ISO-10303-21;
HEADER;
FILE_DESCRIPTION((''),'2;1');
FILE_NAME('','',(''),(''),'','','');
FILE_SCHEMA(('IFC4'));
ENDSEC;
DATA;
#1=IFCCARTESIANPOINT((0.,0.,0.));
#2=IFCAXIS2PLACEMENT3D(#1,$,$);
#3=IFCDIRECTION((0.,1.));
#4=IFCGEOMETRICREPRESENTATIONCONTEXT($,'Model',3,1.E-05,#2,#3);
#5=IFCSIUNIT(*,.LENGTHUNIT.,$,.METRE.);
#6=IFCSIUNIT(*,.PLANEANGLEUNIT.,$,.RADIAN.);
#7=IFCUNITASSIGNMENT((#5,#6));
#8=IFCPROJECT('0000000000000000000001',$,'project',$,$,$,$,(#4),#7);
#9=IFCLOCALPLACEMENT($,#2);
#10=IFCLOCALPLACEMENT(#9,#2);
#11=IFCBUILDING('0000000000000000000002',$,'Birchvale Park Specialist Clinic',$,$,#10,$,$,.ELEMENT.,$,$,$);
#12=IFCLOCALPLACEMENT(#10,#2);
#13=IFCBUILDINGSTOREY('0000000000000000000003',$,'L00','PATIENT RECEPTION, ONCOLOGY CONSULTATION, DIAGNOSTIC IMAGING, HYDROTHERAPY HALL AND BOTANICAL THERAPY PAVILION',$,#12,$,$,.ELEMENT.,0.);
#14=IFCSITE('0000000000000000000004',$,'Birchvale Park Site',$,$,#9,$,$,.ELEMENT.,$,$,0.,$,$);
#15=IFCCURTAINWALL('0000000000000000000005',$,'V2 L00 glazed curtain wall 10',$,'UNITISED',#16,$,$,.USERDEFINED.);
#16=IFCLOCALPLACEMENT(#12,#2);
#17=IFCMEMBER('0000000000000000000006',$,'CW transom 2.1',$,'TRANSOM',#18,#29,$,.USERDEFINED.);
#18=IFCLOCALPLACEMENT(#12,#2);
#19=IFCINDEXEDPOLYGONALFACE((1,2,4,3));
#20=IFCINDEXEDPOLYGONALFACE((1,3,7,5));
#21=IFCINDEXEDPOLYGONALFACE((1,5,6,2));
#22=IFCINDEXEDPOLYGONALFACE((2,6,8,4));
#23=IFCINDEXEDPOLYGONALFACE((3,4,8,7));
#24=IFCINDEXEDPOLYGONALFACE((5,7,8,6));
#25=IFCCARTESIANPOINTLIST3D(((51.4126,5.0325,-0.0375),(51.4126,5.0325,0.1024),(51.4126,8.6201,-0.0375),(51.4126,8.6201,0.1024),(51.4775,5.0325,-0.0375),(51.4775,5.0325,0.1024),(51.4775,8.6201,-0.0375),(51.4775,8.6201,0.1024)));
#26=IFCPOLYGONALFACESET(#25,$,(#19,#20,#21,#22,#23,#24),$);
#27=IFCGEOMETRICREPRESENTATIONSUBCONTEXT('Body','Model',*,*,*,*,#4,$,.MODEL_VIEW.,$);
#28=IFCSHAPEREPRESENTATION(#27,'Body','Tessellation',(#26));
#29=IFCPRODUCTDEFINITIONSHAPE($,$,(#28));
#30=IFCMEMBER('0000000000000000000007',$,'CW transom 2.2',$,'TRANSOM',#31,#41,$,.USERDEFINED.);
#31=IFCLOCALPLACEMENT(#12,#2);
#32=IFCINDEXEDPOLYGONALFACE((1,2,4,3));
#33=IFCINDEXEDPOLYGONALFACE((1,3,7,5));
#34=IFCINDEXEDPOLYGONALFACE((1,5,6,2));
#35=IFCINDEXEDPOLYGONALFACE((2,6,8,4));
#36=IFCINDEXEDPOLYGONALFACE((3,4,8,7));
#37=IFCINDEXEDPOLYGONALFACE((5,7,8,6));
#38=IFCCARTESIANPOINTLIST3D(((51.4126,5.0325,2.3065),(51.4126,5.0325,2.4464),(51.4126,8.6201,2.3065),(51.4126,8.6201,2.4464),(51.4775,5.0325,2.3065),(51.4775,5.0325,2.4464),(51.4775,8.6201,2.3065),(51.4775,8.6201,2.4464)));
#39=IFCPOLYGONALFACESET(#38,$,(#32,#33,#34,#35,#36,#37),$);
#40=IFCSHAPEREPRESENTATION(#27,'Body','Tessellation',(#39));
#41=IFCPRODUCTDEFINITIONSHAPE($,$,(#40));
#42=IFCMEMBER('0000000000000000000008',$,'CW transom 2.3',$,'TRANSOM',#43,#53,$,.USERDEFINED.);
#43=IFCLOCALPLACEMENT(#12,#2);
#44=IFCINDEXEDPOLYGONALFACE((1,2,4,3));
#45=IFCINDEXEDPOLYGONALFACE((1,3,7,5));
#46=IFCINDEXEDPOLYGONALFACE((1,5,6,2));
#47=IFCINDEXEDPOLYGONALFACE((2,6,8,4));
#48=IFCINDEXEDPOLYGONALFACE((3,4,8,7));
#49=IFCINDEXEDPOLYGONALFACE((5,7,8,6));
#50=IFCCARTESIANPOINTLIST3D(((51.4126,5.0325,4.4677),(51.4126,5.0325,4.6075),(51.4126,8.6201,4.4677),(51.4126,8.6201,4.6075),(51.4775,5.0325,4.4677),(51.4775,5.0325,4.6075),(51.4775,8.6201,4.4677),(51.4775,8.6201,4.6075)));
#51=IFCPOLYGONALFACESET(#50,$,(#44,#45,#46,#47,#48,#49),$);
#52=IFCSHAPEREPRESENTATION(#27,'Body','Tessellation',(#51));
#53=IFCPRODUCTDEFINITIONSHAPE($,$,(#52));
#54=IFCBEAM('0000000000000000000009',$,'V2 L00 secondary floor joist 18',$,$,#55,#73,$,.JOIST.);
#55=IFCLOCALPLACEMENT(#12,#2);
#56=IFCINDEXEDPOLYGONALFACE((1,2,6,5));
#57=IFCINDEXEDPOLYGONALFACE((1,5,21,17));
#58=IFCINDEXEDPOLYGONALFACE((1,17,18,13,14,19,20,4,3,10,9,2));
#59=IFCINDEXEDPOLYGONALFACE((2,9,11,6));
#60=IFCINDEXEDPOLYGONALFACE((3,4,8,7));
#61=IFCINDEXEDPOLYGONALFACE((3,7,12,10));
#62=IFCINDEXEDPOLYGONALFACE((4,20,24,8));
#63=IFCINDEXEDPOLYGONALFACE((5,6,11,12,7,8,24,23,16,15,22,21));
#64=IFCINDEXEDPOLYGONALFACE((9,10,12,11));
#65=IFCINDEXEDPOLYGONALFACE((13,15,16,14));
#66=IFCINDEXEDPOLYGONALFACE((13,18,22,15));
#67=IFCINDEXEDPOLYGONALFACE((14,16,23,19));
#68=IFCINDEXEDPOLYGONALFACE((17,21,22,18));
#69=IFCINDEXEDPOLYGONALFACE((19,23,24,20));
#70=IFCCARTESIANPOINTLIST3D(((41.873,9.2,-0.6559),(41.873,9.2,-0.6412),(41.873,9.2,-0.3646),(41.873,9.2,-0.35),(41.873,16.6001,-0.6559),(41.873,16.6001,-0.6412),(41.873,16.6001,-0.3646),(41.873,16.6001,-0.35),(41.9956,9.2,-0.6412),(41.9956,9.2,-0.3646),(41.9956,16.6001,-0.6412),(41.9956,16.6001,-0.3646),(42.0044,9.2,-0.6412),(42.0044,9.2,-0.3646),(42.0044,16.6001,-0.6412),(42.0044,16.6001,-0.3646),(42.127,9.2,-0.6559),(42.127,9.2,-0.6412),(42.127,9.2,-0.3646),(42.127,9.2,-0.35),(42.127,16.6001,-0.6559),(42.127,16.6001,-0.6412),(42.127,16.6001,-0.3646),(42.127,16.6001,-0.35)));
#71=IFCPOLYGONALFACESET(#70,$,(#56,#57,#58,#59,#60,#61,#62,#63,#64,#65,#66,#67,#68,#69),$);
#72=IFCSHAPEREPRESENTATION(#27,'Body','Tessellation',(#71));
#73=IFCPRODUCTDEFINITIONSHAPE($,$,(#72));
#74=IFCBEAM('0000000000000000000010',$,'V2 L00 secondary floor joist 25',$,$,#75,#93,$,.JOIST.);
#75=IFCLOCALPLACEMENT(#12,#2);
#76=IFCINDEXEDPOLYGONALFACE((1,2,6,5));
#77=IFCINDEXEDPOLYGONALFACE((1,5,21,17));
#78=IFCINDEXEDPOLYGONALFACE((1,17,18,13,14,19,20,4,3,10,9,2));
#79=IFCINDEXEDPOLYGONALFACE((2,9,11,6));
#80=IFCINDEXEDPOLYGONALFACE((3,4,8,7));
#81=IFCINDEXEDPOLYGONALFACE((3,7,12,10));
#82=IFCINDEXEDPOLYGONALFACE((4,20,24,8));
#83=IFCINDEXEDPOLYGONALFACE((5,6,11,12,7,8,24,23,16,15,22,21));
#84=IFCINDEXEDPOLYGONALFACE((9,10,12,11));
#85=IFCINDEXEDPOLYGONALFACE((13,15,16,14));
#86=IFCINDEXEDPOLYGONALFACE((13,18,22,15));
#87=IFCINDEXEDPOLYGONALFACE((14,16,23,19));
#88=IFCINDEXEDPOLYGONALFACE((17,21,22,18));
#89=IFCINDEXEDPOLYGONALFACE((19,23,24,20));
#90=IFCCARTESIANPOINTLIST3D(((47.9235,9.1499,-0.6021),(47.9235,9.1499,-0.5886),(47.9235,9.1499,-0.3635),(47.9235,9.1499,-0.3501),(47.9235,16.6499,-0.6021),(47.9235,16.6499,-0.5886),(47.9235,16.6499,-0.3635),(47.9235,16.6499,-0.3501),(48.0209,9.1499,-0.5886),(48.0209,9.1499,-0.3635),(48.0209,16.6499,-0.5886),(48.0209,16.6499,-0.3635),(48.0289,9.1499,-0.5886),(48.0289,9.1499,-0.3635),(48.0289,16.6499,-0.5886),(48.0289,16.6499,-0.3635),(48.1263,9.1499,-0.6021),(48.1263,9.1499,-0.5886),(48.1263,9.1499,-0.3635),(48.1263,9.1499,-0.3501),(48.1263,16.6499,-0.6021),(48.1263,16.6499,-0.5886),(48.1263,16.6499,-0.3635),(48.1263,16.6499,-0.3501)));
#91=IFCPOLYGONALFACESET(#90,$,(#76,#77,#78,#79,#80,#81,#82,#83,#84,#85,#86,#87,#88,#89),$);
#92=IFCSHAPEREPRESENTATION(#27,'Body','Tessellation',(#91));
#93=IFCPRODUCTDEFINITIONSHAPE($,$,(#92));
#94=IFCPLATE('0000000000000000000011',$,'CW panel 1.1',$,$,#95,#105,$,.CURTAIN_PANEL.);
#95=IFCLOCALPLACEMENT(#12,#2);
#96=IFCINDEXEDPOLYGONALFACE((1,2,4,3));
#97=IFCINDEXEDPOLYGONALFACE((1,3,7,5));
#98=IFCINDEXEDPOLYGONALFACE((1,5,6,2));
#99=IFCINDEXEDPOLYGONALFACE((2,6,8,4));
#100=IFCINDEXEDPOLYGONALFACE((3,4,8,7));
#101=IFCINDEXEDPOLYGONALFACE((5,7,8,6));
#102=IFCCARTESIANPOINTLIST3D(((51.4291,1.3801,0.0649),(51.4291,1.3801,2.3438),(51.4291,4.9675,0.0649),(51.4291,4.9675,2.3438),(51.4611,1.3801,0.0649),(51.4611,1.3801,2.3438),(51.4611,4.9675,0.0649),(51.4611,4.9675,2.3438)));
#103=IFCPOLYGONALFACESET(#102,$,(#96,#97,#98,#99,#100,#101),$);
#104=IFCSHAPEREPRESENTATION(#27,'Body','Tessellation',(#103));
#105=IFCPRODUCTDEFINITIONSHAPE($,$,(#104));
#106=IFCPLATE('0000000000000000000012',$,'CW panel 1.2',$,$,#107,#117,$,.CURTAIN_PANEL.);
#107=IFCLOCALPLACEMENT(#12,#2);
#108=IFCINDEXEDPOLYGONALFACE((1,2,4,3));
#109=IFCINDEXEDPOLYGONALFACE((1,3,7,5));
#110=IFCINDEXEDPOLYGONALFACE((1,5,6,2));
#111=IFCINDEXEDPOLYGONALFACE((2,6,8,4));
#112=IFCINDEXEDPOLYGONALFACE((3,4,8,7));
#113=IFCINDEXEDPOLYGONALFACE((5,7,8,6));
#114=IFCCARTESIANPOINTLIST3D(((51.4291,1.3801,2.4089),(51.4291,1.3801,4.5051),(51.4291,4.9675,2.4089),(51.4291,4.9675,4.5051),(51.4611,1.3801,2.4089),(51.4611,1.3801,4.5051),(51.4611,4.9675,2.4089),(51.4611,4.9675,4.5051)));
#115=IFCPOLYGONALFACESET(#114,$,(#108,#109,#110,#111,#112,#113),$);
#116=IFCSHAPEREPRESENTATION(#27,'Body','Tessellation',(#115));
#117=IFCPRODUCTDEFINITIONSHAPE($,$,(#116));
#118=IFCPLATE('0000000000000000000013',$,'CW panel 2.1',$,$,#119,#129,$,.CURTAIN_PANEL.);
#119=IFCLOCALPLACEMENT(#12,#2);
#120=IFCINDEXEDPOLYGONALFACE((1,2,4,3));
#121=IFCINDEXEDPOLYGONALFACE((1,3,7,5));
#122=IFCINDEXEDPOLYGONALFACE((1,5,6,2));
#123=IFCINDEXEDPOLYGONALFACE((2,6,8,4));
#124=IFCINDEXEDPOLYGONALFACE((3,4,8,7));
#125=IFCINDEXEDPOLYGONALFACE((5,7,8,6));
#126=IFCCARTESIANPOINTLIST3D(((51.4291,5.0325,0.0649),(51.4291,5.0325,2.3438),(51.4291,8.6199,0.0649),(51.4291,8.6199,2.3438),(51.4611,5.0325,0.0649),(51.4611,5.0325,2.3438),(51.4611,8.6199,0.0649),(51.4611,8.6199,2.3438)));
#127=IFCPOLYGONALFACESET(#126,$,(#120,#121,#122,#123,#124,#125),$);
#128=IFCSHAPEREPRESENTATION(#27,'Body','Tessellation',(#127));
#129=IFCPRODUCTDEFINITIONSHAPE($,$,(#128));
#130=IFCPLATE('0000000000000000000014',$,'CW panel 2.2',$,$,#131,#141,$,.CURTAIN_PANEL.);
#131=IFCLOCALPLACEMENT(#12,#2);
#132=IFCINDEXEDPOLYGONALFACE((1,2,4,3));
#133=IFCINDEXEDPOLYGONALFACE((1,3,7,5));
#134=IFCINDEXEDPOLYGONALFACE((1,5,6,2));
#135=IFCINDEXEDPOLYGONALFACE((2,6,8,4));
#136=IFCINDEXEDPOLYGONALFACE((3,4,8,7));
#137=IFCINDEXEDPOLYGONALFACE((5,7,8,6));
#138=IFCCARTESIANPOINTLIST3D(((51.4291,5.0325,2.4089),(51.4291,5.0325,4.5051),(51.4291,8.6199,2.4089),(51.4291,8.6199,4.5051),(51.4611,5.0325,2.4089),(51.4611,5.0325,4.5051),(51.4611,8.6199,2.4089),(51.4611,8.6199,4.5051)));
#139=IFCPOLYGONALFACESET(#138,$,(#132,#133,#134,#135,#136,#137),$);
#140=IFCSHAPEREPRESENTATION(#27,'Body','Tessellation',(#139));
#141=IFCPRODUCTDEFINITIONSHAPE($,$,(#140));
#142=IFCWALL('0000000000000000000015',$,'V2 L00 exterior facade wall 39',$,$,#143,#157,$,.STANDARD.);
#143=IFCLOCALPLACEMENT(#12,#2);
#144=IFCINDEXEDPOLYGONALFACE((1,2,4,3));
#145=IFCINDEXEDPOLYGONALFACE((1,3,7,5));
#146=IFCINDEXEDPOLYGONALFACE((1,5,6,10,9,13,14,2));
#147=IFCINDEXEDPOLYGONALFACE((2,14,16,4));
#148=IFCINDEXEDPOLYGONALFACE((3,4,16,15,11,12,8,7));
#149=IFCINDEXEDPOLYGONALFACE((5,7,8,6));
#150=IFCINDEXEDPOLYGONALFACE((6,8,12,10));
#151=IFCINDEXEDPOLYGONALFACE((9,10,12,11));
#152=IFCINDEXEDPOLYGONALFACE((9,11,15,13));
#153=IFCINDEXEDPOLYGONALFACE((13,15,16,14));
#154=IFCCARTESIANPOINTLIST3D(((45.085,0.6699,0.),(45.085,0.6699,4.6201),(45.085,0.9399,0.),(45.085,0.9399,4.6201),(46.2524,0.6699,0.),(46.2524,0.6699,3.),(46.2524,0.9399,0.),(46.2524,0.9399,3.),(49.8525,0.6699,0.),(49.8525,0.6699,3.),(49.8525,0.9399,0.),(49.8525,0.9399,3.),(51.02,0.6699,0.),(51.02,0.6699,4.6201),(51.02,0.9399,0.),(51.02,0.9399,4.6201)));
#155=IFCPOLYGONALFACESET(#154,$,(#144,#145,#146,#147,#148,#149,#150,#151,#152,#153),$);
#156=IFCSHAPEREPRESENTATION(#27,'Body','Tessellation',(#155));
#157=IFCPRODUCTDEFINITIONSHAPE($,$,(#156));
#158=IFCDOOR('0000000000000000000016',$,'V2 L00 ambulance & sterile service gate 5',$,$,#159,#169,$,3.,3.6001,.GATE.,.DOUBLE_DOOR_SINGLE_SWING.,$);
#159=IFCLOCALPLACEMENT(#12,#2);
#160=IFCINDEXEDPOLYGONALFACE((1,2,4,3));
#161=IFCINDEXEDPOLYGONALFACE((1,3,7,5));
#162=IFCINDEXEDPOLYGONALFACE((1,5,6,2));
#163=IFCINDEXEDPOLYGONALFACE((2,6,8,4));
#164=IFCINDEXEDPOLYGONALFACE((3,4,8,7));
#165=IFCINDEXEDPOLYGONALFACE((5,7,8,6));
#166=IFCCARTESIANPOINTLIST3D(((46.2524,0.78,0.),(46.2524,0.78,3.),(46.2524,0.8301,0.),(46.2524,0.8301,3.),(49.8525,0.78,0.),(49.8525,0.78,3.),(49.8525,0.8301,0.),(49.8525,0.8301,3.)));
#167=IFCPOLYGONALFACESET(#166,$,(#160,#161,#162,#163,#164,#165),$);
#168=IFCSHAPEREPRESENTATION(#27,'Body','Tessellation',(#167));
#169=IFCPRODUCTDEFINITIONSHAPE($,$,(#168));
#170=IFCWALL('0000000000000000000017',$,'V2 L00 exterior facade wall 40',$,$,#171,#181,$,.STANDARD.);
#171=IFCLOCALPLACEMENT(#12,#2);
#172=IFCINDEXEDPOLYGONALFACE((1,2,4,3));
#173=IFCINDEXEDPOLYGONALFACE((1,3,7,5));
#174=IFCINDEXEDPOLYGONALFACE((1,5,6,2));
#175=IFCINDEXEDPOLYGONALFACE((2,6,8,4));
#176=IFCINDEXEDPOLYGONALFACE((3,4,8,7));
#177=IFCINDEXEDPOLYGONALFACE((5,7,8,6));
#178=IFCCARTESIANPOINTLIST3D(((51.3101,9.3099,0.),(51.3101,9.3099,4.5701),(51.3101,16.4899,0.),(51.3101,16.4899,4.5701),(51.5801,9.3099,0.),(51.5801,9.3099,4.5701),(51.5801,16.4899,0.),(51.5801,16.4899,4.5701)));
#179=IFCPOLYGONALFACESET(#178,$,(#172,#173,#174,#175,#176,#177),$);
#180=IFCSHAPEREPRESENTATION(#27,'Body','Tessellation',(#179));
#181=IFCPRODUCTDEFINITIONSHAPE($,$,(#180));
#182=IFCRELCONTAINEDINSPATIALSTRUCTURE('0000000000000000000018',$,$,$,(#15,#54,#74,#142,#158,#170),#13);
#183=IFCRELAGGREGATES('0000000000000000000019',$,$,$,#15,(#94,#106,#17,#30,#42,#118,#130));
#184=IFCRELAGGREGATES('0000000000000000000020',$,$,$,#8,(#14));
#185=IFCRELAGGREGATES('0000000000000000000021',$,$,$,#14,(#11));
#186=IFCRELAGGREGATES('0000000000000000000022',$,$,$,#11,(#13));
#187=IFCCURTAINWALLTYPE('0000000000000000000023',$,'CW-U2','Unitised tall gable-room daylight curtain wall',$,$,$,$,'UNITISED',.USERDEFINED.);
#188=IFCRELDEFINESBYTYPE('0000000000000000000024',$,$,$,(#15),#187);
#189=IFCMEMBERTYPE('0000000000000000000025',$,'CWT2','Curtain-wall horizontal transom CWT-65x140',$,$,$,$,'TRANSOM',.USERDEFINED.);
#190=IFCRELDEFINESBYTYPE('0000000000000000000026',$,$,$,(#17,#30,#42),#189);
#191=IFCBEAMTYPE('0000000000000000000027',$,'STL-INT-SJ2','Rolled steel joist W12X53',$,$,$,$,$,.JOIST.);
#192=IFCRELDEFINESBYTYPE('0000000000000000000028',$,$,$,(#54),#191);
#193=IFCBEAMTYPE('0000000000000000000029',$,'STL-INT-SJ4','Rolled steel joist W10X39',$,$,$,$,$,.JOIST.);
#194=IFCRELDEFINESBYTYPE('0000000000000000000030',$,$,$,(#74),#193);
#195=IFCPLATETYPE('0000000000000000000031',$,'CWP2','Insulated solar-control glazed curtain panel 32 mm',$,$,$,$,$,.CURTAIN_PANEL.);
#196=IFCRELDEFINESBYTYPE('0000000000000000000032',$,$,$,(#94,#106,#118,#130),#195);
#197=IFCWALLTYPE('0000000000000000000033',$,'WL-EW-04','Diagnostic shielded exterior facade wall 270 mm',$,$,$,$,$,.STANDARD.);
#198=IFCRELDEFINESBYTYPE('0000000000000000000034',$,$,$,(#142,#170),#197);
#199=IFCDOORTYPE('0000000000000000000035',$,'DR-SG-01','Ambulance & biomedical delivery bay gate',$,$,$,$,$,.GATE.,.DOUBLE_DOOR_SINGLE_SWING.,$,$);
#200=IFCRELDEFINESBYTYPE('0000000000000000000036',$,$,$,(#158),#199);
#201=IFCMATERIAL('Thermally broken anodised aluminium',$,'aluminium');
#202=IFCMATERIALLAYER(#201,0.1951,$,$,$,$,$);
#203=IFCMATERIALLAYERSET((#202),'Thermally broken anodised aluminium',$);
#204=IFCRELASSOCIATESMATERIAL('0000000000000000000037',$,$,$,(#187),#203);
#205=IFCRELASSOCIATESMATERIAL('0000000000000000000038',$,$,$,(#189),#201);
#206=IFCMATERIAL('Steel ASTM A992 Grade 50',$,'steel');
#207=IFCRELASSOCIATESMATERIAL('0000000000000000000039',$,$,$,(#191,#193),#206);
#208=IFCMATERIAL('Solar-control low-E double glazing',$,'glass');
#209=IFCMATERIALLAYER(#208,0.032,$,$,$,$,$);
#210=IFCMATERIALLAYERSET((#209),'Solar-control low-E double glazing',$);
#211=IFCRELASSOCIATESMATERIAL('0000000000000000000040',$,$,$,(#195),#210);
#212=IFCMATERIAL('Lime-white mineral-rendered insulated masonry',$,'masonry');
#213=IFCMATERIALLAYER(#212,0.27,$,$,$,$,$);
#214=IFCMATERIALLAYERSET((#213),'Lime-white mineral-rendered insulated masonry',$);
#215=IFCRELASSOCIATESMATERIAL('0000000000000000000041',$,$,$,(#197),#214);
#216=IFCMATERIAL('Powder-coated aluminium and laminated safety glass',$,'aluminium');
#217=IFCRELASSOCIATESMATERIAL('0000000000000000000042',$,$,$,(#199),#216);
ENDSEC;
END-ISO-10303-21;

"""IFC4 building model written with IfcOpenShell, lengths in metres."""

from ifc_helpers import new_model, si_unit, direction, frame, frame_2d, origin, origin_2d, place, context, subcontext, project, spatial, rectangle, i_section, extrude, material, layer, layer_set, material_profile, profile_set, type_object, element, fill, aggregate, save


model = new_model("IFC4")

# Units and contexts
model_context = context("Model", 3, precision=1e-05, world=origin(), true_north=direction((0.0, 1.0)))
body_context = subcontext(model_context, "Body", "Model", "MODEL_VIEW")
ifc_project = project(units=[si_unit("LENGTHUNIT", "METRE"), si_unit("PLANEANGLEUNIT", "RADIAN")], contexts=[model_context])

# Site, building, storey
site_placement = place(None, origin())
site = spatial("IfcSite", under=ifc_project, at=site_placement, Name="Birchvale Park Site", CompositionType="ELEMENT", RefElevation=0.0)
building_placement = place(site_placement, origin())
building = spatial("IfcBuilding", under=site, at=building_placement, Name="Birchvale Park Specialist Clinic", CompositionType="ELEMENT")
storey_placement = place(building_placement, origin())
storey = spatial("IfcBuildingStorey", under=building, at=storey_placement, Name="L00", Description="PATIENT RECEPTION, ONCOLOGY CONSULTATION, DIAGNOSTIC IMAGING, HYDROTHERAPY HALL AND BOTANICAL THERAPY PAVILION", CompositionType="ELEMENT", Elevation=0.0)

# Curtain wall, members
ifc_material_1 = material(Name="Thermally broken anodised aluminium", Category="aluminium")
ifc_layer_1 = layer(ifc_material_1, 0.1951)
ifc_layer_set_1 = layer_set([ifc_layer_1], Name="Thermally broken anodised aluminium")
curtain_wall_type = type_object("IfcCurtainWallType", Name="CW-U2", Description="Unitised tall gable-room daylight curtain wall", ElementType="UNITISED", PredefinedType="USERDEFINED", material=ifc_layer_set_1)
curtain_wall_placement = place(storey_placement, origin())
curtain_wall = element("IfcCurtainWall", 1, at=curtain_wall_placement, inside=storey, type_object=curtain_wall_type, Name="V2 L00 glazed curtain wall 10", ObjectType="UNITISED", PredefinedType="USERDEFINED")
ifc_material_profile_1 = material_profile(ifc_material_1, rectangle(XDim=0.0649, YDim=0.1399, at=origin_2d()), Name="CWT-65x140")
ifc_profile_set_1 = profile_set([ifc_material_profile_1], Name="Thermally broken anodised aluminium")
member_type_1 = type_object("IfcMemberType", Name="CWT2", Description="Curtain-wall horizontal transom CWT-65x140", ElementType="TRANSOM", PredefinedType="USERDEFINED", material=ifc_profile_set_1)
member_1_placement = place(storey_placement, frame((51.4451, 5.0325, 0.0325), z_axis=(0.0, 1.0, 0.0), x_axis=(-1.0, 0.0, 0.0)))
member_1 = element("IfcMember", 2, at=member_1_placement, type_object=member_type_1, Name="CW transom 2.1", ObjectType="TRANSOM", PredefinedType="USERDEFINED", context=body_context, shape_type="SweptSolid", body=[
    extrude(rectangle(XDim=0.0649, YDim=0.1399, at=origin_2d()), origin(), (0.0, 0.0, 1.0), 3.5876),
])
member_2_placement = place(storey_placement, frame((51.4451, 5.0325, 2.3765), z_axis=(0.0, 1.0, 0.0), x_axis=(-1.0, 0.0, 0.0)))
member_2 = element("IfcMember", 3, at=member_2_placement, type_object=member_type_1, Name="CW transom 2.2", ObjectType="TRANSOM", PredefinedType="USERDEFINED", context=body_context, shape_type="SweptSolid", body=[
    extrude(rectangle(XDim=0.0649, YDim=0.1399, at=origin_2d()), origin(), (0.0, 0.0, 1.0), 3.5876),
])
member_3_placement = place(storey_placement, frame((51.4451, 5.0325, 4.5376), z_axis=(0.0, 1.0, 0.0), x_axis=(-1.0, 0.0, 0.0)))
member_3 = element("IfcMember", 4, at=member_3_placement, type_object=member_type_1, Name="CW transom 2.3", ObjectType="TRANSOM", PredefinedType="USERDEFINED", context=body_context, shape_type="SweptSolid", body=[
    extrude(rectangle(XDim=0.0649, YDim=0.1399, at=origin_2d()), origin(), (0.0, 0.0, 1.0), 3.5876),
])

# Beams
ifc_material_2 = material(Name="Steel ASTM A992 Grade 50", Category="steel")
ifc_material_profile_2 = material_profile(ifc_material_2, i_section(OverallWidth=0.2539, OverallDepth=0.3059, WebThickness=0.0088, FlangeThickness=0.0146, at=origin_2d()), Name="W12X53")
ifc_profile_set_2 = profile_set([ifc_material_profile_2], Name="Steel ASTM A992 Grade 50")
beam_type_1 = type_object("IfcBeamType", Name="STL-INT-SJ2", Description="Rolled steel joist W12X53", PredefinedType="JOIST", material=ifc_profile_set_2)
beam_1_placement = place(storey_placement, frame((42.0, 9.2, -0.5029), z_axis=(0.0, 1.0, 0.0), x_axis=(-1.0, 0.0, 0.0)))
element("IfcBeam", 5, at=beam_1_placement, inside=storey, type_object=beam_type_1, Name="V2 L00 secondary floor joist 18", PredefinedType="JOIST", context=body_context, shape_type="SweptSolid", body=[
    extrude(i_section(OverallWidth=0.2539, OverallDepth=0.3059, WebThickness=0.0088, FlangeThickness=0.0146, at=origin_2d()), origin(), (0.0, 0.0, 1.0), 7.4001),
])
ifc_material_profile_3 = material_profile(ifc_material_2, i_section(OverallWidth=0.2029, OverallDepth=0.252, WebThickness=0.0081, FlangeThickness=0.0134, at=origin_2d()), Name="W10X39")
ifc_profile_set_3 = profile_set([ifc_material_profile_3], Name="Steel ASTM A992 Grade 50")
beam_type_2 = type_object("IfcBeamType", Name="STL-INT-SJ4", Description="Rolled steel joist W10X39", PredefinedType="JOIST", material=ifc_profile_set_3)
beam_2_placement = place(storey_placement, frame((48.0249, 9.1499, -0.4761), z_axis=(0.0, 1.0, 0.0), x_axis=(-1.0, 0.0, 0.0)))
element("IfcBeam", 6, at=beam_2_placement, inside=storey, type_object=beam_type_2, Name="V2 L00 secondary floor joist 25", PredefinedType="JOIST", context=body_context, shape_type="SweptSolid", body=[
    extrude(i_section(OverallWidth=0.2029, OverallDepth=0.252, WebThickness=0.0081, FlangeThickness=0.0134, at=origin_2d()), origin(), (0.0, 0.0, 1.0), 7.5),
])

# Plates
ifc_material_3 = material(Name="Solar-control low-E double glazing", Category="glass")
ifc_layer_2 = layer(ifc_material_3, 0.032)
ifc_layer_set_2 = layer_set([ifc_layer_2], Name="Solar-control low-E double glazing")
plate_type = type_object("IfcPlateType", Name="CWP2", Description="Insulated solar-control glazed curtain panel 32 mm", PredefinedType="CURTAIN_PANEL", material=ifc_layer_set_2)
plate_1_placement = place(storey_placement, frame((51.4451, 3.1738, 0.0649), z_axis=(0.0, 0.0, 1.0), x_axis=(0.0, 1.0, 0.0)))
plate_1 = element("IfcPlate", 7, at=plate_1_placement, type_object=plate_type, Name="CW panel 1.1", PredefinedType="CURTAIN_PANEL", context=body_context, shape_type="SweptSolid", body=[
    extrude(rectangle(XDim=3.5874, YDim=0.032, at=origin_2d()), origin(), (0.0, 0.0, 1.0), 2.2788),
])
plate_2_placement = place(storey_placement, frame((51.4451, 3.1738, 2.4089), z_axis=(0.0, 0.0, 1.0), x_axis=(0.0, 1.0, 0.0)))
plate_2 = element("IfcPlate", 8, at=plate_2_placement, type_object=plate_type, Name="CW panel 1.2", PredefinedType="CURTAIN_PANEL", context=body_context, shape_type="SweptSolid", body=[
    extrude(rectangle(XDim=3.5874, YDim=0.032, at=origin_2d()), origin(), (0.0, 0.0, 1.0), 2.0962),
])
plate_3_placement = place(storey_placement, frame((51.4451, 6.8262, 0.0649), z_axis=(0.0, 0.0, 1.0), x_axis=(0.0, 1.0, 0.0)))
plate_3 = element("IfcPlate", 9, at=plate_3_placement, type_object=plate_type, Name="CW panel 2.1", PredefinedType="CURTAIN_PANEL", context=body_context, shape_type="SweptSolid", body=[
    extrude(rectangle(XDim=3.5874, YDim=0.032, at=origin_2d()), origin(), (0.0, 0.0, 1.0), 2.2788),
])
plate_4_placement = place(storey_placement, frame((51.4451, 6.8262, 2.4089), z_axis=(0.0, 0.0, 1.0), x_axis=(0.0, 1.0, 0.0)))
plate_4 = element("IfcPlate", 10, at=plate_4_placement, type_object=plate_type, Name="CW panel 2.2", PredefinedType="CURTAIN_PANEL", context=body_context, shape_type="SweptSolid", body=[
    extrude(rectangle(XDim=3.5874, YDim=0.032, at=origin_2d()), origin(), (0.0, 0.0, 1.0), 2.0962),
])
aggregate(curtain_wall, [plate_1, plate_2, member_1, member_2, member_3, plate_3, plate_4])

# Wall, opening, door
ifc_material_4 = material(Name="Lime-white mineral-rendered insulated masonry", Category="masonry")
ifc_layer_3 = layer(ifc_material_4, 0.27)
ifc_layer_set_3 = layer_set([ifc_layer_3], Name="Lime-white mineral-rendered insulated masonry")
wall_type_1 = type_object("IfcWallType", Name="WL-EW-04", Description="Diagnostic shielded exterior facade wall 270 mm", PredefinedType="STANDARD", material=ifc_layer_set_3)
wall_1_placement = place(storey_placement, frame((45.085, 0.8049, 0.0), z_axis=(0.0, 0.0, 1.0), x_axis=(1.0, 0.0, 0.0)))
wall_1 = element("IfcWall", 11, at=wall_1_placement, inside=storey, type_object=wall_type_1, Name="V2 L00 exterior facade wall 39", PredefinedType="STANDARD", context=body_context, shape_type="SweptSolid", body=[
    extrude(rectangle(XDim=5.9351, YDim=0.27, at=frame_2d((2.9675, 0.0))), origin(), (0.0, 0.0, 1.0), 4.6201),
])
opening_1_placement = place(wall_1_placement, frame((1.1675, 0.0, 0.0)))
opening_1 = element("IfcOpeningElement", 12, at=opening_1_placement, cuts=wall_1, PredefinedType="OPENING", context=body_context, shape_type="SweptSolid", body=[
    extrude(rectangle(XDim=3.6001, YDim=3.0, at=frame_2d((1.8, 1.5))), frame((0.0, 0.145, 0.0), z_axis=(0.0, -1.0, 0.0), x_axis=(1.0, 0.0, 0.0)), (0.0, 0.0, 1.0), 0.29),
])
ifc_material_5 = material(Name="Powder-coated aluminium and laminated safety glass", Category="aluminium")
door_type_1 = type_object("IfcDoorType", Name="DR-SG-01", Description="Ambulance & biomedical delivery bay gate", OperationType="DOUBLE_DOOR_SINGLE_SWING", PredefinedType="GATE", material=ifc_material_5)
door_1_placement = place(opening_1_placement, frame((3.6001, 0.0, 0.0), z_axis=(0.0, 0.0, 1.0), x_axis=(-1.0, 0.0, 0.0)))
door_1 = element("IfcDoor", 13, at=door_1_placement, inside=storey, type_object=door_type_1, Name="V2 L00 ambulance & sterile service gate 5", OperationType="DOUBLE_DOOR_SINGLE_SWING", OverallHeight=3.0, OverallWidth=3.6001, PredefinedType="GATE", context=body_context, shape_type="SweptSolid", body=[
    extrude(rectangle(XDim=3.6001, YDim=3.0, at=frame_2d((1.8, 1.5))), frame((0.0, 0.0249, 0.0), z_axis=(0.0, -1.0, 0.0), x_axis=(1.0, 0.0, 0.0)), (0.0, 0.0, 1.0), 0.05),
])
fill(opening_1, door_1)

# Wall
wall_2_placement = place(storey_placement, frame((51.4451, 9.3101, 0.0), z_axis=(0.0, 0.0, 1.0), x_axis=(0.0, 1.0, 0.0)))
element("IfcWall", 14, at=wall_2_placement, inside=storey, type_object=wall_type_1, Name="V2 L00 exterior facade wall 40", PredefinedType="STANDARD", context=body_context, shape_type="SweptSolid", body=[
    extrude(rectangle(XDim=7.1799, YDim=0.27, at=frame_2d((3.5898, 0.0))), origin(), (0.0, 0.0, 1.0), 4.5701),
])

save(model, "model.ifc")
